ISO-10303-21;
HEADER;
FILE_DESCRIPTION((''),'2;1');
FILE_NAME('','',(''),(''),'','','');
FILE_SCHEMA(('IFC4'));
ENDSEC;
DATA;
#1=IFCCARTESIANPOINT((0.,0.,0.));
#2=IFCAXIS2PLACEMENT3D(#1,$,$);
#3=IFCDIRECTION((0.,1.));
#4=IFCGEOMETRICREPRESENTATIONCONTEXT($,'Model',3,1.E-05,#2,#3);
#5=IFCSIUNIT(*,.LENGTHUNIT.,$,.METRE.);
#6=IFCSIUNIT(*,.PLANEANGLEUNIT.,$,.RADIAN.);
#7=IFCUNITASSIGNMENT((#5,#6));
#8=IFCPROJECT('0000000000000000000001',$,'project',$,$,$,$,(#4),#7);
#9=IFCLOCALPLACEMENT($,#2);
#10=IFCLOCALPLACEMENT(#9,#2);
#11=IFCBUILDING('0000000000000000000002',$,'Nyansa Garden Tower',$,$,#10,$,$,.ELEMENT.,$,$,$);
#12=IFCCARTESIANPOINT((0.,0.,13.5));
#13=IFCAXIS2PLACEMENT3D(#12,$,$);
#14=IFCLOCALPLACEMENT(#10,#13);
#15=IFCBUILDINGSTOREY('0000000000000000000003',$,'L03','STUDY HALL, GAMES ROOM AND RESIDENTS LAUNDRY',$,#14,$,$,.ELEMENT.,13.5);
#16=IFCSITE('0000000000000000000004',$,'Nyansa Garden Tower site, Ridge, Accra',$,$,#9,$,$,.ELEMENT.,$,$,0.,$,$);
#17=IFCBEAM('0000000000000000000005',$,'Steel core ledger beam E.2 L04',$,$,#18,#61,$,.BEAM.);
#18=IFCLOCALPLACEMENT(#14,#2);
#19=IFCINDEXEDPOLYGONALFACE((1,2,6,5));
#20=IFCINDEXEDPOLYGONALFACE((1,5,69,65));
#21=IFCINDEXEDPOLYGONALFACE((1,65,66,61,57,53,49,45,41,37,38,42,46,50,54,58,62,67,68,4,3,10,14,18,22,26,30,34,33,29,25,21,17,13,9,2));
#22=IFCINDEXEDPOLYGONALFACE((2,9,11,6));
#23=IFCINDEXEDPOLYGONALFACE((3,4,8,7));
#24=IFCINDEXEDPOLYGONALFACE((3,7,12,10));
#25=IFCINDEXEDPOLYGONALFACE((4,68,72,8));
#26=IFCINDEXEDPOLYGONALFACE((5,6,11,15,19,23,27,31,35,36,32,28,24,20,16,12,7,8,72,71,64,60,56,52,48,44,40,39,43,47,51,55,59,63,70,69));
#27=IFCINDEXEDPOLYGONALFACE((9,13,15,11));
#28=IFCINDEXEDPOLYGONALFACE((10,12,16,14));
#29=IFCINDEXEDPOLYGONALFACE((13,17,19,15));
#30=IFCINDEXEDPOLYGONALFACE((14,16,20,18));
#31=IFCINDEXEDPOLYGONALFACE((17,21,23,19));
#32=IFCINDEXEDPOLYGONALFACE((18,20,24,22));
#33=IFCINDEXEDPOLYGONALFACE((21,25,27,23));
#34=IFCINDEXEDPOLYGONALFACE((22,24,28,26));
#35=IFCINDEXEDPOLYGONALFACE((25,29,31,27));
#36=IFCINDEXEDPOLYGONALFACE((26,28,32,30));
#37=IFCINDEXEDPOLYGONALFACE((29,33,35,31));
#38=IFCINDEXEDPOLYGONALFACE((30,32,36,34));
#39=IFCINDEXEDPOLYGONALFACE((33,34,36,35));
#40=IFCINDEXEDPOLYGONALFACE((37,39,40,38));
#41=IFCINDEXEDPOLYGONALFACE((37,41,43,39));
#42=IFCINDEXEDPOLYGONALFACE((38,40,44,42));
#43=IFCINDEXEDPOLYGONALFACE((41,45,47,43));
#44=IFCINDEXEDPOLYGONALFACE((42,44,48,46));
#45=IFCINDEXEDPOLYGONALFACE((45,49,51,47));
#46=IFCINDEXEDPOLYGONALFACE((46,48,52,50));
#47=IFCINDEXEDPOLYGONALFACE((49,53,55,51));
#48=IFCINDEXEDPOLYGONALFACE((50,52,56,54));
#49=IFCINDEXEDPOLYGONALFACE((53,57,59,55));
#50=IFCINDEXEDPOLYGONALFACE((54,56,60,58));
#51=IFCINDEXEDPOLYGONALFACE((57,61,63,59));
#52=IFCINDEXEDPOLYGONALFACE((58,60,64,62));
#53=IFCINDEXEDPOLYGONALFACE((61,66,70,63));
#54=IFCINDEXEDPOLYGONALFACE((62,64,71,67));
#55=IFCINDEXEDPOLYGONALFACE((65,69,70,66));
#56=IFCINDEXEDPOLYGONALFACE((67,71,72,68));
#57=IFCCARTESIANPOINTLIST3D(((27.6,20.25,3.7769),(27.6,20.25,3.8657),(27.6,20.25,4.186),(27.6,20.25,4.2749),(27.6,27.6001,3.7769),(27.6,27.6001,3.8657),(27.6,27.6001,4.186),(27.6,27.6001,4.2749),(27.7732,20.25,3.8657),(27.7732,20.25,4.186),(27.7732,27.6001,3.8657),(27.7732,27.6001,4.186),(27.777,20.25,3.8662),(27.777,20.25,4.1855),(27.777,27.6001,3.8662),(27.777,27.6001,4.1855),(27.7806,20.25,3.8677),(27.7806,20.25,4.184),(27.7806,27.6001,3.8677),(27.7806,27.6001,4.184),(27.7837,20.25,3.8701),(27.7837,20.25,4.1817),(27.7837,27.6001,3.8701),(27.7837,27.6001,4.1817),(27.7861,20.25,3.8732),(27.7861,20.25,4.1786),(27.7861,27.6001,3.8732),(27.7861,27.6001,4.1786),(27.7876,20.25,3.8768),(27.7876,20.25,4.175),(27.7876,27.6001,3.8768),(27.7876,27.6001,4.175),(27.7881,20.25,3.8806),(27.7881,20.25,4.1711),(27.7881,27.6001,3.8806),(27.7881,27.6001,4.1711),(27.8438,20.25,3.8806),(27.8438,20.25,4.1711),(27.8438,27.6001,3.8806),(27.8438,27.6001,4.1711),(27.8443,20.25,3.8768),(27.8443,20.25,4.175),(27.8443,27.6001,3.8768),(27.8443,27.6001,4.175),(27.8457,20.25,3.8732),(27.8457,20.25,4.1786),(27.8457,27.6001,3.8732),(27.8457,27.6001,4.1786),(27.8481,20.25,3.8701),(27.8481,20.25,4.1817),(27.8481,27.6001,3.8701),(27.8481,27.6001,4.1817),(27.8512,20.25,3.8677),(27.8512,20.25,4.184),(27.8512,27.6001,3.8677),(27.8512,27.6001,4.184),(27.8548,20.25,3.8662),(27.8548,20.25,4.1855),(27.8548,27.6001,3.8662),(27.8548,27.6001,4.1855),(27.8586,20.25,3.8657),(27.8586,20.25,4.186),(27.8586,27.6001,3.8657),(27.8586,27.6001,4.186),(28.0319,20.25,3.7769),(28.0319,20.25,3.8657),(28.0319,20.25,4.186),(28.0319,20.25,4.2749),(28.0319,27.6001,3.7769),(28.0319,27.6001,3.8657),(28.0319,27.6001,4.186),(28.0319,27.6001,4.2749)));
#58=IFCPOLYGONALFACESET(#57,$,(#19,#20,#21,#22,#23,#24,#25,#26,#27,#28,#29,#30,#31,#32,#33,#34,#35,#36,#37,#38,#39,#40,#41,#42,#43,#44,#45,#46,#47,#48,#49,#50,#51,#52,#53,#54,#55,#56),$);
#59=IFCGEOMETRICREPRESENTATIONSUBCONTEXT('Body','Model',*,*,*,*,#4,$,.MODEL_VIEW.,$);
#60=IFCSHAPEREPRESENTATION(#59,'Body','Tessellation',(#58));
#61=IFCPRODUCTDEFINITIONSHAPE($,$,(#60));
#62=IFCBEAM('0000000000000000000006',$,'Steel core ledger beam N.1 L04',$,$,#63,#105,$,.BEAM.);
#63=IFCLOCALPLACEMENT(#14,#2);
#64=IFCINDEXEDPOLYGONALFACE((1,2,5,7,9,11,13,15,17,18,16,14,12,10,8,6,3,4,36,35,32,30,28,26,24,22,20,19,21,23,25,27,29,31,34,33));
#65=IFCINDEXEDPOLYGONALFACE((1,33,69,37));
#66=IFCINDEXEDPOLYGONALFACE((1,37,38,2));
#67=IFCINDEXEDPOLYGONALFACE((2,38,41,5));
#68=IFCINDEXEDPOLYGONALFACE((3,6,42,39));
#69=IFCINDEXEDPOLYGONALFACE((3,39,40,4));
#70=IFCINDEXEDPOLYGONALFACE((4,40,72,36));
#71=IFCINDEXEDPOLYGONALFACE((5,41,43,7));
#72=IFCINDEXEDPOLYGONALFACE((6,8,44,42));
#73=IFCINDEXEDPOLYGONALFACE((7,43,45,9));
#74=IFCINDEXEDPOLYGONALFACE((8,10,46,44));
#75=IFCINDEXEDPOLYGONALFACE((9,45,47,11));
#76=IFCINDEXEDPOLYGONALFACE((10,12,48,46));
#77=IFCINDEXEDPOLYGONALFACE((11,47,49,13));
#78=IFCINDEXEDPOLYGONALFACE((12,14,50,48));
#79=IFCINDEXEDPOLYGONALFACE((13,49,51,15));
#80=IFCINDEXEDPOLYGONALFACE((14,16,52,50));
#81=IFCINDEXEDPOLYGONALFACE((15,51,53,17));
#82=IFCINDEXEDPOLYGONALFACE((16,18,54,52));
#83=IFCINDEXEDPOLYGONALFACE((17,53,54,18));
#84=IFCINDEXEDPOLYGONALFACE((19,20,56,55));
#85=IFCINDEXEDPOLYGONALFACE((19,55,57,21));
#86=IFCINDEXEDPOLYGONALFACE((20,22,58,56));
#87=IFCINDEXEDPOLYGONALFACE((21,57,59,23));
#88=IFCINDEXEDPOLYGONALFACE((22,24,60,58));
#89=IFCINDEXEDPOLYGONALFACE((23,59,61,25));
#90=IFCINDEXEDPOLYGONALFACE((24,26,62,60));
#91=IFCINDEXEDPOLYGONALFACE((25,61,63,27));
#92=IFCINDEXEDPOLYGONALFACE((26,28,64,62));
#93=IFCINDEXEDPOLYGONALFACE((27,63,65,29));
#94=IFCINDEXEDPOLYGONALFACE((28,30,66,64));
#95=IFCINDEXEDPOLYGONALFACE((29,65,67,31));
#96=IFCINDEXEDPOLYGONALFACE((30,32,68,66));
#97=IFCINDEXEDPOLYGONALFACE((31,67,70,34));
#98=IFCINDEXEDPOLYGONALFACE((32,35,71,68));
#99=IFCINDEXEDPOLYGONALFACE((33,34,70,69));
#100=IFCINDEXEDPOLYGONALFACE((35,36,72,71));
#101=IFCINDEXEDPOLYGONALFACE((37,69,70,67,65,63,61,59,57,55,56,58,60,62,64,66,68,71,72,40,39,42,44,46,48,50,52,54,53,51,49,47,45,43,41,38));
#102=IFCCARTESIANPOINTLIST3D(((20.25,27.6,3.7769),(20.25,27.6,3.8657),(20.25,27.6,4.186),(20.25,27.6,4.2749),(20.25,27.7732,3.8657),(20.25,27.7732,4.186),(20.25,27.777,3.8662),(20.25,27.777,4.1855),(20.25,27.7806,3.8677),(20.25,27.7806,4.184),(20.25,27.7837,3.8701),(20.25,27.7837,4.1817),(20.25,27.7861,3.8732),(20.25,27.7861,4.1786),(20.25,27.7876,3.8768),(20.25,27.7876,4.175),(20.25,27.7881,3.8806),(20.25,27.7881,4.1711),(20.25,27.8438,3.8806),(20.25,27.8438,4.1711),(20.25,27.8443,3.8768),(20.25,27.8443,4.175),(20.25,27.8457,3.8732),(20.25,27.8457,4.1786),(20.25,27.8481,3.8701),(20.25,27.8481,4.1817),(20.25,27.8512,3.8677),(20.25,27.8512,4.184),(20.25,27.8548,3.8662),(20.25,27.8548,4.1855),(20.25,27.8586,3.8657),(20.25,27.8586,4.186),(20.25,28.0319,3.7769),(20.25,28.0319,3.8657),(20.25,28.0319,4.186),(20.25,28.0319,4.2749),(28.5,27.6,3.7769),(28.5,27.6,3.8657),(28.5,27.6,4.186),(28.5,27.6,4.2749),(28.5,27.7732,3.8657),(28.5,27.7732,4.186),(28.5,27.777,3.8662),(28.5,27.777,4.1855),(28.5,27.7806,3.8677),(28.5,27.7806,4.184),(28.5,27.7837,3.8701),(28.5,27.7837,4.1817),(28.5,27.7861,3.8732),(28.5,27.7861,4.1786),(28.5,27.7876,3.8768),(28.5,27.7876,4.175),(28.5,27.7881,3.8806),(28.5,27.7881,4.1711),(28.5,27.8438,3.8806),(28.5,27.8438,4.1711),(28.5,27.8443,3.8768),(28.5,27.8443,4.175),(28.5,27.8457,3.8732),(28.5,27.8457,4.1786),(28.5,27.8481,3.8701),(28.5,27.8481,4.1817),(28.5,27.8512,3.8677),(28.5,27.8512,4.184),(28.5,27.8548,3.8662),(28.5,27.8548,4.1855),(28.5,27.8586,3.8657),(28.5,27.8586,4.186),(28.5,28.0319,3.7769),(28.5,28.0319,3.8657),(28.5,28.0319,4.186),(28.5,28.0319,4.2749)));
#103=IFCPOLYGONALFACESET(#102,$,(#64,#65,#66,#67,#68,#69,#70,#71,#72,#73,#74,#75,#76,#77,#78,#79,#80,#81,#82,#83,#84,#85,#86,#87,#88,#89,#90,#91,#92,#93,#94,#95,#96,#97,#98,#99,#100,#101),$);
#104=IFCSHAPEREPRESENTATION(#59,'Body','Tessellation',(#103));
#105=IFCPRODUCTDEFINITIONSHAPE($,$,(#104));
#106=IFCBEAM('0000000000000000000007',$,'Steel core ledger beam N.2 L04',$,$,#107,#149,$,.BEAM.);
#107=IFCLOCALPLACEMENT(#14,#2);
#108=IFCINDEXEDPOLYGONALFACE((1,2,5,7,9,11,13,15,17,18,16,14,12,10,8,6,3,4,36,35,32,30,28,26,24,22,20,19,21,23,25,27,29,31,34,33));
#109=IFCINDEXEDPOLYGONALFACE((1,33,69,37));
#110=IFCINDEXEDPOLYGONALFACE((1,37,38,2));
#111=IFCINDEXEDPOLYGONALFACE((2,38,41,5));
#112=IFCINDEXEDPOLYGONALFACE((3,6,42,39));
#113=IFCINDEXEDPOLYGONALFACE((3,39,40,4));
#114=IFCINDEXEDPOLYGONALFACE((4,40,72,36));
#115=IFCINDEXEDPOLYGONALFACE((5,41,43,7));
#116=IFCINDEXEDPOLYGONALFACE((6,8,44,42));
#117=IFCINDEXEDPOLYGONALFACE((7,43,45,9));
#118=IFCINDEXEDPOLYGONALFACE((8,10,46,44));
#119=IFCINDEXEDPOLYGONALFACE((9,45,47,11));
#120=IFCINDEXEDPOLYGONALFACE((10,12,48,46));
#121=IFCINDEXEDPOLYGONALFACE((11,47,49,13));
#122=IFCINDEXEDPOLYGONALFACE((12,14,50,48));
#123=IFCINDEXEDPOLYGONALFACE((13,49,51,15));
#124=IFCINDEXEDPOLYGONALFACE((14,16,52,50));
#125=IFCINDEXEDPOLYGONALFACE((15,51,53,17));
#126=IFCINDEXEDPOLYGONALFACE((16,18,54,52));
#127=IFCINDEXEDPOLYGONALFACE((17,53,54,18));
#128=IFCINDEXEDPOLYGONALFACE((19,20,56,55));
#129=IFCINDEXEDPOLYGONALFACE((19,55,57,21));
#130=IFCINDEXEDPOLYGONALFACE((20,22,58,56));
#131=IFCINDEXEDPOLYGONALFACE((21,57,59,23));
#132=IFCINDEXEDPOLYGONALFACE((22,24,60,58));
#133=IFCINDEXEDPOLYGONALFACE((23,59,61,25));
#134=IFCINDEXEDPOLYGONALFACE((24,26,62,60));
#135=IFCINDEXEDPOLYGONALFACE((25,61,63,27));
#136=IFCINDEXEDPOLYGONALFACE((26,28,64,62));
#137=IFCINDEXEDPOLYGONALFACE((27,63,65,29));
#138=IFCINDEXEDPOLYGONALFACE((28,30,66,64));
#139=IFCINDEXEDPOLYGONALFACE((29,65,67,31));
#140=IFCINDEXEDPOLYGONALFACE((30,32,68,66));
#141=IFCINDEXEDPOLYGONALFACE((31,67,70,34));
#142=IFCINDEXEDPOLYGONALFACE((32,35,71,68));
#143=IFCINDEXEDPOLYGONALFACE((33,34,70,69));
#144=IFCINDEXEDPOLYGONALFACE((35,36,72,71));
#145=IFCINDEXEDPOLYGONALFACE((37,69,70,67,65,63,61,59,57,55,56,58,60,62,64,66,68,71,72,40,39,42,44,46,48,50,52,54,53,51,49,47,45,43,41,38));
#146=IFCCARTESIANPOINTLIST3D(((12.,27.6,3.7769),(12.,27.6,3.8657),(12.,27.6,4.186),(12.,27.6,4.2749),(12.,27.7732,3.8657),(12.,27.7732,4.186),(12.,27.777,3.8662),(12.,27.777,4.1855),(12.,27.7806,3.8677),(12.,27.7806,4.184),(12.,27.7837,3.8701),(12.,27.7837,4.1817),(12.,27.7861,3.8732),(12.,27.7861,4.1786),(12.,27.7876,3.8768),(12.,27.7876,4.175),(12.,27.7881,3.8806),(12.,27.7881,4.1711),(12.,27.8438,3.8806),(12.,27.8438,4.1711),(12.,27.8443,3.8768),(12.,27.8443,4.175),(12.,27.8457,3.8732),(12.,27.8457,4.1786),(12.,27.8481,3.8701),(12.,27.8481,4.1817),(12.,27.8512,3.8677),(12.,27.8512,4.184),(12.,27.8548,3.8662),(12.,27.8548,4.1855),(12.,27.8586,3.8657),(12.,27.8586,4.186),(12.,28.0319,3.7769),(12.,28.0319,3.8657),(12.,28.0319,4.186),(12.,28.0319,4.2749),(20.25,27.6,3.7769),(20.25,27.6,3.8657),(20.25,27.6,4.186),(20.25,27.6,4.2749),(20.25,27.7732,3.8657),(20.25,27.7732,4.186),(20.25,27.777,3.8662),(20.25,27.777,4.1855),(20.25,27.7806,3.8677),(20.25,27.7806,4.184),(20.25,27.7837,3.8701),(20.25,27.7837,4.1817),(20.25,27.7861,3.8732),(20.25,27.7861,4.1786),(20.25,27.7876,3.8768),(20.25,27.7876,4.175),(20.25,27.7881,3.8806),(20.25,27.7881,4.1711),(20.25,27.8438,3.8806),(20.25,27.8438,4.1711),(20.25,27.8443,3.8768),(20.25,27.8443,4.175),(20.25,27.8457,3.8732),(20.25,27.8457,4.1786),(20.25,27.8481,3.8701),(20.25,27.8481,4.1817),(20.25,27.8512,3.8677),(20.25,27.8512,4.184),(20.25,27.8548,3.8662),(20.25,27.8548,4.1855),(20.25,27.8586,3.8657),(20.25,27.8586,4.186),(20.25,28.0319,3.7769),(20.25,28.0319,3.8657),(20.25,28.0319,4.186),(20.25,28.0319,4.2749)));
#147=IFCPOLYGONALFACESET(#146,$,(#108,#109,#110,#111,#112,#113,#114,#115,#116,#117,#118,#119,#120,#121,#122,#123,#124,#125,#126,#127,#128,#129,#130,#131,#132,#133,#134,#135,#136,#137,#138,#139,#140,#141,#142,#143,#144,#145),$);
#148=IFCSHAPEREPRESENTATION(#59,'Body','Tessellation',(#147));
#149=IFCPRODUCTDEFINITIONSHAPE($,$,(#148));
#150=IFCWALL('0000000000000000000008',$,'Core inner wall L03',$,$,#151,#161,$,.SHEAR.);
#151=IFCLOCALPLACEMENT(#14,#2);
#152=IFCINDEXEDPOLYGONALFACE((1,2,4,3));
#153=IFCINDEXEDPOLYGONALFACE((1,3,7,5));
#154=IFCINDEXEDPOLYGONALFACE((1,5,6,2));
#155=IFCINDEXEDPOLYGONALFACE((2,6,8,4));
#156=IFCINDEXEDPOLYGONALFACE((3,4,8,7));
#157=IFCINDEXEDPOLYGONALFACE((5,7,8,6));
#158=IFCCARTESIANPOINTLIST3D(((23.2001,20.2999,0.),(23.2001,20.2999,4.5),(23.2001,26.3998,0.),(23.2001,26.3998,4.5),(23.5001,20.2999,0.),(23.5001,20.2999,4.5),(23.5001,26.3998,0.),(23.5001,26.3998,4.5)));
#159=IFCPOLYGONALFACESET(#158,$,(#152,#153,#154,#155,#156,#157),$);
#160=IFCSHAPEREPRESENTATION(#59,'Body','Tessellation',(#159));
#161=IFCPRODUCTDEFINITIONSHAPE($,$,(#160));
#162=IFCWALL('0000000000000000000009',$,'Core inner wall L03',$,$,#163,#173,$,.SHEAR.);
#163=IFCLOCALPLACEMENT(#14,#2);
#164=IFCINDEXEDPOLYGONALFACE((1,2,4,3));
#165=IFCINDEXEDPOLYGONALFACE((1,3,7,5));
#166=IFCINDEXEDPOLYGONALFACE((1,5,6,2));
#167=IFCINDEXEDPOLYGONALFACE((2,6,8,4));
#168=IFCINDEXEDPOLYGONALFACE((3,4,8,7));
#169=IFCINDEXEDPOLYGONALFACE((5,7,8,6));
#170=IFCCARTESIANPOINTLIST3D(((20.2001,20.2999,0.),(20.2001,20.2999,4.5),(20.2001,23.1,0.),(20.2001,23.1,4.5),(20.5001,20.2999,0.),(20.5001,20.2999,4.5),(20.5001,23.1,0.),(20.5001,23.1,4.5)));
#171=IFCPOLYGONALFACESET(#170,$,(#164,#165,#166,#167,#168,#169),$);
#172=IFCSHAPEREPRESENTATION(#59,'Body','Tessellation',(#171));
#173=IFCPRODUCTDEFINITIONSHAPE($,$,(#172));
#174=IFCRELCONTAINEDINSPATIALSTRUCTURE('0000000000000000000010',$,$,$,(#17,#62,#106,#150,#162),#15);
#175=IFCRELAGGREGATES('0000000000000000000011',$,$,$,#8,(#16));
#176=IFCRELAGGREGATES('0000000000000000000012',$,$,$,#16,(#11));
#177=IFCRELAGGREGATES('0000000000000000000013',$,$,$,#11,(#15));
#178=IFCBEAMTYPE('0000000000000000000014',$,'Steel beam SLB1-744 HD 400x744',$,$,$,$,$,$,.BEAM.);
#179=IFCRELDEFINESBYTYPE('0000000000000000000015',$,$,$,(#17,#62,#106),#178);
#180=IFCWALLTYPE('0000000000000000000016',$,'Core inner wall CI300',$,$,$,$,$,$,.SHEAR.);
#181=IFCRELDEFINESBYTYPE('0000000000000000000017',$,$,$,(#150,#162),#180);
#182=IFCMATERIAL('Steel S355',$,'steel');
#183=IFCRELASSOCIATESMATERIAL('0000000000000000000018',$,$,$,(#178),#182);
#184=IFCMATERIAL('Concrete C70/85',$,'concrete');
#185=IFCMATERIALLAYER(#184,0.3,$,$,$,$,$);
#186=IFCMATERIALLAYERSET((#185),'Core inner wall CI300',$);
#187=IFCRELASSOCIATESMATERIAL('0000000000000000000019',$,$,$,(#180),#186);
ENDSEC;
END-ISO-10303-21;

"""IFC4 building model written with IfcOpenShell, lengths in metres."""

from ifc_helpers import new_model, si_unit, direction, frame, frame_2d, origin, origin_2d, place, context, subcontext, project, spatial, rectangle, i_section, extrude, material, layer, layer_set, material_profile, profile_set, type_object, element, save


model = new_model("IFC4")

# Units and contexts
model_context = context("Model", 3, precision=1e-05, world=origin(), true_north=direction((0.0, 1.0)))
body_context = subcontext(model_context, "Body", "Model", "MODEL_VIEW")
ifc_project = project(units=[si_unit("LENGTHUNIT", "METRE"), si_unit("PLANEANGLEUNIT", "RADIAN")], contexts=[model_context])

# Site, building, storey
site_placement = place(None, origin())
site = spatial("IfcSite", under=ifc_project, at=site_placement, Name="Nyansa Garden Tower site, Ridge, Accra", CompositionType="ELEMENT", RefElevation=0.0)
building_placement = place(site_placement, origin())
building = spatial("IfcBuilding", under=site, at=building_placement, Name="Nyansa Garden Tower", CompositionType="ELEMENT")
storey_placement = place(building_placement, frame((0.0, 0.0, 13.5)))
storey = spatial("IfcBuildingStorey", under=building, at=storey_placement, Name="L03", Description="STUDY HALL, GAMES ROOM AND RESIDENTS LAUNDRY", CompositionType="ELEMENT", Elevation=13.5)

# Beams
ifc_material_1 = material(Name="Steel S355", Category="steel")
ifc_material_profile_1 = material_profile(ifc_material_1, i_section(OverallWidth=0.4319, OverallDepth=0.498, WebThickness=0.0557, FlangeThickness=0.0889, FilletRadius=0.0149, at=origin_2d()), Name="HD 400x744")
ifc_profile_set_1 = profile_set([ifc_material_profile_1], Name="Steel S355")
beam_type_1 = type_object("IfcBeamType", Name="Steel beam SLB1-744 HD 400x744", PredefinedType="BEAM", material=ifc_profile_set_1)
beam_placement = place(storey_placement, frame((27.8159, 20.25, 4.0259), z_axis=(0.0, 1.0, 0.0), x_axis=(-1.0, 0.0, 0.0)))
element("IfcBeam", 1, at=beam_placement, inside=storey, type_object=beam_type_1, Name="Steel core ledger beam E.2 L04", PredefinedType="BEAM", context=body_context, shape_type="SweptSolid", body=[
    extrude(i_section(OverallWidth=0.4319, OverallDepth=0.498, WebThickness=0.0557, FlangeThickness=0.0889, FilletRadius=0.0149, at=origin_2d()), origin(), (0.0, 0.0, 1.0), 7.3501),
])
for number, where, z_axis, x_axis, name in (
    (2, (28.5, 27.8159, 4.0259), (-1.0, 0.0, 0.0), (0.0, -1.0, 0.0), "Steel core ledger beam N.1 L04"),
    (3, (20.25, 27.8159, 4.0259), (-1.0, 0.0, 0.0), (0.0, -1.0, 0.0), "Steel core ledger beam N.2 L04"),
):
    element("IfcBeam", number, at=place(storey_placement, frame(where, z_axis=z_axis, x_axis=x_axis)), inside=storey, type_object=beam_type_1, Name=name, PredefinedType="BEAM", context=body_context, shape_type="SweptSolid", body=[
        extrude(i_section(OverallWidth=0.4319, OverallDepth=0.498, WebThickness=0.0557, FlangeThickness=0.0889, FilletRadius=0.0149, at=origin_2d()), origin(), (0.0, 0.0, 1.0), 8.25),
    ])

# Walls
ifc_material_2 = material(Name="Concrete C70/85", Category="concrete")
ifc_layer_1 = layer(ifc_material_2, 0.3)
ifc_layer_set_1 = layer_set([ifc_layer_1], Name="Core inner wall CI300")
wall_type_1 = type_object("IfcWallType", Name="Core inner wall CI300", PredefinedType="SHEAR", material=ifc_layer_set_1)
wall_1_placement = place(storey_placement, frame((23.3501, 20.3, 0.0), z_axis=(0.0, 0.0, 1.0), x_axis=(0.0, 1.0, 0.0)))
element("IfcWall", 4, at=wall_1_placement, inside=storey, type_object=wall_type_1, Name="Core inner wall L03", PredefinedType="SHEAR", context=body_context, shape_type="SweptSolid", body=[
    extrude(rectangle(XDim=6.0999, YDim=0.3, at=frame_2d((3.0498, 0.0))), origin(), (0.0, 0.0, 1.0), 4.5),
])
wall_2_placement = place(storey_placement, frame((20.3501, 20.3, 0.0), z_axis=(0.0, 0.0, 1.0), x_axis=(0.0, 1.0, 0.0)))
element("IfcWall", 5, at=wall_2_placement, inside=storey, type_object=wall_type_1, Name="Core inner wall L03", PredefinedType="SHEAR", context=body_context, shape_type="SweptSolid", body=[
    extrude(rectangle(XDim=2.8, YDim=0.3, at=frame_2d((1.3999, 0.0))), origin(), (0.0, 0.0, 1.0), 4.5),
])

save(model, "model.ifc")
